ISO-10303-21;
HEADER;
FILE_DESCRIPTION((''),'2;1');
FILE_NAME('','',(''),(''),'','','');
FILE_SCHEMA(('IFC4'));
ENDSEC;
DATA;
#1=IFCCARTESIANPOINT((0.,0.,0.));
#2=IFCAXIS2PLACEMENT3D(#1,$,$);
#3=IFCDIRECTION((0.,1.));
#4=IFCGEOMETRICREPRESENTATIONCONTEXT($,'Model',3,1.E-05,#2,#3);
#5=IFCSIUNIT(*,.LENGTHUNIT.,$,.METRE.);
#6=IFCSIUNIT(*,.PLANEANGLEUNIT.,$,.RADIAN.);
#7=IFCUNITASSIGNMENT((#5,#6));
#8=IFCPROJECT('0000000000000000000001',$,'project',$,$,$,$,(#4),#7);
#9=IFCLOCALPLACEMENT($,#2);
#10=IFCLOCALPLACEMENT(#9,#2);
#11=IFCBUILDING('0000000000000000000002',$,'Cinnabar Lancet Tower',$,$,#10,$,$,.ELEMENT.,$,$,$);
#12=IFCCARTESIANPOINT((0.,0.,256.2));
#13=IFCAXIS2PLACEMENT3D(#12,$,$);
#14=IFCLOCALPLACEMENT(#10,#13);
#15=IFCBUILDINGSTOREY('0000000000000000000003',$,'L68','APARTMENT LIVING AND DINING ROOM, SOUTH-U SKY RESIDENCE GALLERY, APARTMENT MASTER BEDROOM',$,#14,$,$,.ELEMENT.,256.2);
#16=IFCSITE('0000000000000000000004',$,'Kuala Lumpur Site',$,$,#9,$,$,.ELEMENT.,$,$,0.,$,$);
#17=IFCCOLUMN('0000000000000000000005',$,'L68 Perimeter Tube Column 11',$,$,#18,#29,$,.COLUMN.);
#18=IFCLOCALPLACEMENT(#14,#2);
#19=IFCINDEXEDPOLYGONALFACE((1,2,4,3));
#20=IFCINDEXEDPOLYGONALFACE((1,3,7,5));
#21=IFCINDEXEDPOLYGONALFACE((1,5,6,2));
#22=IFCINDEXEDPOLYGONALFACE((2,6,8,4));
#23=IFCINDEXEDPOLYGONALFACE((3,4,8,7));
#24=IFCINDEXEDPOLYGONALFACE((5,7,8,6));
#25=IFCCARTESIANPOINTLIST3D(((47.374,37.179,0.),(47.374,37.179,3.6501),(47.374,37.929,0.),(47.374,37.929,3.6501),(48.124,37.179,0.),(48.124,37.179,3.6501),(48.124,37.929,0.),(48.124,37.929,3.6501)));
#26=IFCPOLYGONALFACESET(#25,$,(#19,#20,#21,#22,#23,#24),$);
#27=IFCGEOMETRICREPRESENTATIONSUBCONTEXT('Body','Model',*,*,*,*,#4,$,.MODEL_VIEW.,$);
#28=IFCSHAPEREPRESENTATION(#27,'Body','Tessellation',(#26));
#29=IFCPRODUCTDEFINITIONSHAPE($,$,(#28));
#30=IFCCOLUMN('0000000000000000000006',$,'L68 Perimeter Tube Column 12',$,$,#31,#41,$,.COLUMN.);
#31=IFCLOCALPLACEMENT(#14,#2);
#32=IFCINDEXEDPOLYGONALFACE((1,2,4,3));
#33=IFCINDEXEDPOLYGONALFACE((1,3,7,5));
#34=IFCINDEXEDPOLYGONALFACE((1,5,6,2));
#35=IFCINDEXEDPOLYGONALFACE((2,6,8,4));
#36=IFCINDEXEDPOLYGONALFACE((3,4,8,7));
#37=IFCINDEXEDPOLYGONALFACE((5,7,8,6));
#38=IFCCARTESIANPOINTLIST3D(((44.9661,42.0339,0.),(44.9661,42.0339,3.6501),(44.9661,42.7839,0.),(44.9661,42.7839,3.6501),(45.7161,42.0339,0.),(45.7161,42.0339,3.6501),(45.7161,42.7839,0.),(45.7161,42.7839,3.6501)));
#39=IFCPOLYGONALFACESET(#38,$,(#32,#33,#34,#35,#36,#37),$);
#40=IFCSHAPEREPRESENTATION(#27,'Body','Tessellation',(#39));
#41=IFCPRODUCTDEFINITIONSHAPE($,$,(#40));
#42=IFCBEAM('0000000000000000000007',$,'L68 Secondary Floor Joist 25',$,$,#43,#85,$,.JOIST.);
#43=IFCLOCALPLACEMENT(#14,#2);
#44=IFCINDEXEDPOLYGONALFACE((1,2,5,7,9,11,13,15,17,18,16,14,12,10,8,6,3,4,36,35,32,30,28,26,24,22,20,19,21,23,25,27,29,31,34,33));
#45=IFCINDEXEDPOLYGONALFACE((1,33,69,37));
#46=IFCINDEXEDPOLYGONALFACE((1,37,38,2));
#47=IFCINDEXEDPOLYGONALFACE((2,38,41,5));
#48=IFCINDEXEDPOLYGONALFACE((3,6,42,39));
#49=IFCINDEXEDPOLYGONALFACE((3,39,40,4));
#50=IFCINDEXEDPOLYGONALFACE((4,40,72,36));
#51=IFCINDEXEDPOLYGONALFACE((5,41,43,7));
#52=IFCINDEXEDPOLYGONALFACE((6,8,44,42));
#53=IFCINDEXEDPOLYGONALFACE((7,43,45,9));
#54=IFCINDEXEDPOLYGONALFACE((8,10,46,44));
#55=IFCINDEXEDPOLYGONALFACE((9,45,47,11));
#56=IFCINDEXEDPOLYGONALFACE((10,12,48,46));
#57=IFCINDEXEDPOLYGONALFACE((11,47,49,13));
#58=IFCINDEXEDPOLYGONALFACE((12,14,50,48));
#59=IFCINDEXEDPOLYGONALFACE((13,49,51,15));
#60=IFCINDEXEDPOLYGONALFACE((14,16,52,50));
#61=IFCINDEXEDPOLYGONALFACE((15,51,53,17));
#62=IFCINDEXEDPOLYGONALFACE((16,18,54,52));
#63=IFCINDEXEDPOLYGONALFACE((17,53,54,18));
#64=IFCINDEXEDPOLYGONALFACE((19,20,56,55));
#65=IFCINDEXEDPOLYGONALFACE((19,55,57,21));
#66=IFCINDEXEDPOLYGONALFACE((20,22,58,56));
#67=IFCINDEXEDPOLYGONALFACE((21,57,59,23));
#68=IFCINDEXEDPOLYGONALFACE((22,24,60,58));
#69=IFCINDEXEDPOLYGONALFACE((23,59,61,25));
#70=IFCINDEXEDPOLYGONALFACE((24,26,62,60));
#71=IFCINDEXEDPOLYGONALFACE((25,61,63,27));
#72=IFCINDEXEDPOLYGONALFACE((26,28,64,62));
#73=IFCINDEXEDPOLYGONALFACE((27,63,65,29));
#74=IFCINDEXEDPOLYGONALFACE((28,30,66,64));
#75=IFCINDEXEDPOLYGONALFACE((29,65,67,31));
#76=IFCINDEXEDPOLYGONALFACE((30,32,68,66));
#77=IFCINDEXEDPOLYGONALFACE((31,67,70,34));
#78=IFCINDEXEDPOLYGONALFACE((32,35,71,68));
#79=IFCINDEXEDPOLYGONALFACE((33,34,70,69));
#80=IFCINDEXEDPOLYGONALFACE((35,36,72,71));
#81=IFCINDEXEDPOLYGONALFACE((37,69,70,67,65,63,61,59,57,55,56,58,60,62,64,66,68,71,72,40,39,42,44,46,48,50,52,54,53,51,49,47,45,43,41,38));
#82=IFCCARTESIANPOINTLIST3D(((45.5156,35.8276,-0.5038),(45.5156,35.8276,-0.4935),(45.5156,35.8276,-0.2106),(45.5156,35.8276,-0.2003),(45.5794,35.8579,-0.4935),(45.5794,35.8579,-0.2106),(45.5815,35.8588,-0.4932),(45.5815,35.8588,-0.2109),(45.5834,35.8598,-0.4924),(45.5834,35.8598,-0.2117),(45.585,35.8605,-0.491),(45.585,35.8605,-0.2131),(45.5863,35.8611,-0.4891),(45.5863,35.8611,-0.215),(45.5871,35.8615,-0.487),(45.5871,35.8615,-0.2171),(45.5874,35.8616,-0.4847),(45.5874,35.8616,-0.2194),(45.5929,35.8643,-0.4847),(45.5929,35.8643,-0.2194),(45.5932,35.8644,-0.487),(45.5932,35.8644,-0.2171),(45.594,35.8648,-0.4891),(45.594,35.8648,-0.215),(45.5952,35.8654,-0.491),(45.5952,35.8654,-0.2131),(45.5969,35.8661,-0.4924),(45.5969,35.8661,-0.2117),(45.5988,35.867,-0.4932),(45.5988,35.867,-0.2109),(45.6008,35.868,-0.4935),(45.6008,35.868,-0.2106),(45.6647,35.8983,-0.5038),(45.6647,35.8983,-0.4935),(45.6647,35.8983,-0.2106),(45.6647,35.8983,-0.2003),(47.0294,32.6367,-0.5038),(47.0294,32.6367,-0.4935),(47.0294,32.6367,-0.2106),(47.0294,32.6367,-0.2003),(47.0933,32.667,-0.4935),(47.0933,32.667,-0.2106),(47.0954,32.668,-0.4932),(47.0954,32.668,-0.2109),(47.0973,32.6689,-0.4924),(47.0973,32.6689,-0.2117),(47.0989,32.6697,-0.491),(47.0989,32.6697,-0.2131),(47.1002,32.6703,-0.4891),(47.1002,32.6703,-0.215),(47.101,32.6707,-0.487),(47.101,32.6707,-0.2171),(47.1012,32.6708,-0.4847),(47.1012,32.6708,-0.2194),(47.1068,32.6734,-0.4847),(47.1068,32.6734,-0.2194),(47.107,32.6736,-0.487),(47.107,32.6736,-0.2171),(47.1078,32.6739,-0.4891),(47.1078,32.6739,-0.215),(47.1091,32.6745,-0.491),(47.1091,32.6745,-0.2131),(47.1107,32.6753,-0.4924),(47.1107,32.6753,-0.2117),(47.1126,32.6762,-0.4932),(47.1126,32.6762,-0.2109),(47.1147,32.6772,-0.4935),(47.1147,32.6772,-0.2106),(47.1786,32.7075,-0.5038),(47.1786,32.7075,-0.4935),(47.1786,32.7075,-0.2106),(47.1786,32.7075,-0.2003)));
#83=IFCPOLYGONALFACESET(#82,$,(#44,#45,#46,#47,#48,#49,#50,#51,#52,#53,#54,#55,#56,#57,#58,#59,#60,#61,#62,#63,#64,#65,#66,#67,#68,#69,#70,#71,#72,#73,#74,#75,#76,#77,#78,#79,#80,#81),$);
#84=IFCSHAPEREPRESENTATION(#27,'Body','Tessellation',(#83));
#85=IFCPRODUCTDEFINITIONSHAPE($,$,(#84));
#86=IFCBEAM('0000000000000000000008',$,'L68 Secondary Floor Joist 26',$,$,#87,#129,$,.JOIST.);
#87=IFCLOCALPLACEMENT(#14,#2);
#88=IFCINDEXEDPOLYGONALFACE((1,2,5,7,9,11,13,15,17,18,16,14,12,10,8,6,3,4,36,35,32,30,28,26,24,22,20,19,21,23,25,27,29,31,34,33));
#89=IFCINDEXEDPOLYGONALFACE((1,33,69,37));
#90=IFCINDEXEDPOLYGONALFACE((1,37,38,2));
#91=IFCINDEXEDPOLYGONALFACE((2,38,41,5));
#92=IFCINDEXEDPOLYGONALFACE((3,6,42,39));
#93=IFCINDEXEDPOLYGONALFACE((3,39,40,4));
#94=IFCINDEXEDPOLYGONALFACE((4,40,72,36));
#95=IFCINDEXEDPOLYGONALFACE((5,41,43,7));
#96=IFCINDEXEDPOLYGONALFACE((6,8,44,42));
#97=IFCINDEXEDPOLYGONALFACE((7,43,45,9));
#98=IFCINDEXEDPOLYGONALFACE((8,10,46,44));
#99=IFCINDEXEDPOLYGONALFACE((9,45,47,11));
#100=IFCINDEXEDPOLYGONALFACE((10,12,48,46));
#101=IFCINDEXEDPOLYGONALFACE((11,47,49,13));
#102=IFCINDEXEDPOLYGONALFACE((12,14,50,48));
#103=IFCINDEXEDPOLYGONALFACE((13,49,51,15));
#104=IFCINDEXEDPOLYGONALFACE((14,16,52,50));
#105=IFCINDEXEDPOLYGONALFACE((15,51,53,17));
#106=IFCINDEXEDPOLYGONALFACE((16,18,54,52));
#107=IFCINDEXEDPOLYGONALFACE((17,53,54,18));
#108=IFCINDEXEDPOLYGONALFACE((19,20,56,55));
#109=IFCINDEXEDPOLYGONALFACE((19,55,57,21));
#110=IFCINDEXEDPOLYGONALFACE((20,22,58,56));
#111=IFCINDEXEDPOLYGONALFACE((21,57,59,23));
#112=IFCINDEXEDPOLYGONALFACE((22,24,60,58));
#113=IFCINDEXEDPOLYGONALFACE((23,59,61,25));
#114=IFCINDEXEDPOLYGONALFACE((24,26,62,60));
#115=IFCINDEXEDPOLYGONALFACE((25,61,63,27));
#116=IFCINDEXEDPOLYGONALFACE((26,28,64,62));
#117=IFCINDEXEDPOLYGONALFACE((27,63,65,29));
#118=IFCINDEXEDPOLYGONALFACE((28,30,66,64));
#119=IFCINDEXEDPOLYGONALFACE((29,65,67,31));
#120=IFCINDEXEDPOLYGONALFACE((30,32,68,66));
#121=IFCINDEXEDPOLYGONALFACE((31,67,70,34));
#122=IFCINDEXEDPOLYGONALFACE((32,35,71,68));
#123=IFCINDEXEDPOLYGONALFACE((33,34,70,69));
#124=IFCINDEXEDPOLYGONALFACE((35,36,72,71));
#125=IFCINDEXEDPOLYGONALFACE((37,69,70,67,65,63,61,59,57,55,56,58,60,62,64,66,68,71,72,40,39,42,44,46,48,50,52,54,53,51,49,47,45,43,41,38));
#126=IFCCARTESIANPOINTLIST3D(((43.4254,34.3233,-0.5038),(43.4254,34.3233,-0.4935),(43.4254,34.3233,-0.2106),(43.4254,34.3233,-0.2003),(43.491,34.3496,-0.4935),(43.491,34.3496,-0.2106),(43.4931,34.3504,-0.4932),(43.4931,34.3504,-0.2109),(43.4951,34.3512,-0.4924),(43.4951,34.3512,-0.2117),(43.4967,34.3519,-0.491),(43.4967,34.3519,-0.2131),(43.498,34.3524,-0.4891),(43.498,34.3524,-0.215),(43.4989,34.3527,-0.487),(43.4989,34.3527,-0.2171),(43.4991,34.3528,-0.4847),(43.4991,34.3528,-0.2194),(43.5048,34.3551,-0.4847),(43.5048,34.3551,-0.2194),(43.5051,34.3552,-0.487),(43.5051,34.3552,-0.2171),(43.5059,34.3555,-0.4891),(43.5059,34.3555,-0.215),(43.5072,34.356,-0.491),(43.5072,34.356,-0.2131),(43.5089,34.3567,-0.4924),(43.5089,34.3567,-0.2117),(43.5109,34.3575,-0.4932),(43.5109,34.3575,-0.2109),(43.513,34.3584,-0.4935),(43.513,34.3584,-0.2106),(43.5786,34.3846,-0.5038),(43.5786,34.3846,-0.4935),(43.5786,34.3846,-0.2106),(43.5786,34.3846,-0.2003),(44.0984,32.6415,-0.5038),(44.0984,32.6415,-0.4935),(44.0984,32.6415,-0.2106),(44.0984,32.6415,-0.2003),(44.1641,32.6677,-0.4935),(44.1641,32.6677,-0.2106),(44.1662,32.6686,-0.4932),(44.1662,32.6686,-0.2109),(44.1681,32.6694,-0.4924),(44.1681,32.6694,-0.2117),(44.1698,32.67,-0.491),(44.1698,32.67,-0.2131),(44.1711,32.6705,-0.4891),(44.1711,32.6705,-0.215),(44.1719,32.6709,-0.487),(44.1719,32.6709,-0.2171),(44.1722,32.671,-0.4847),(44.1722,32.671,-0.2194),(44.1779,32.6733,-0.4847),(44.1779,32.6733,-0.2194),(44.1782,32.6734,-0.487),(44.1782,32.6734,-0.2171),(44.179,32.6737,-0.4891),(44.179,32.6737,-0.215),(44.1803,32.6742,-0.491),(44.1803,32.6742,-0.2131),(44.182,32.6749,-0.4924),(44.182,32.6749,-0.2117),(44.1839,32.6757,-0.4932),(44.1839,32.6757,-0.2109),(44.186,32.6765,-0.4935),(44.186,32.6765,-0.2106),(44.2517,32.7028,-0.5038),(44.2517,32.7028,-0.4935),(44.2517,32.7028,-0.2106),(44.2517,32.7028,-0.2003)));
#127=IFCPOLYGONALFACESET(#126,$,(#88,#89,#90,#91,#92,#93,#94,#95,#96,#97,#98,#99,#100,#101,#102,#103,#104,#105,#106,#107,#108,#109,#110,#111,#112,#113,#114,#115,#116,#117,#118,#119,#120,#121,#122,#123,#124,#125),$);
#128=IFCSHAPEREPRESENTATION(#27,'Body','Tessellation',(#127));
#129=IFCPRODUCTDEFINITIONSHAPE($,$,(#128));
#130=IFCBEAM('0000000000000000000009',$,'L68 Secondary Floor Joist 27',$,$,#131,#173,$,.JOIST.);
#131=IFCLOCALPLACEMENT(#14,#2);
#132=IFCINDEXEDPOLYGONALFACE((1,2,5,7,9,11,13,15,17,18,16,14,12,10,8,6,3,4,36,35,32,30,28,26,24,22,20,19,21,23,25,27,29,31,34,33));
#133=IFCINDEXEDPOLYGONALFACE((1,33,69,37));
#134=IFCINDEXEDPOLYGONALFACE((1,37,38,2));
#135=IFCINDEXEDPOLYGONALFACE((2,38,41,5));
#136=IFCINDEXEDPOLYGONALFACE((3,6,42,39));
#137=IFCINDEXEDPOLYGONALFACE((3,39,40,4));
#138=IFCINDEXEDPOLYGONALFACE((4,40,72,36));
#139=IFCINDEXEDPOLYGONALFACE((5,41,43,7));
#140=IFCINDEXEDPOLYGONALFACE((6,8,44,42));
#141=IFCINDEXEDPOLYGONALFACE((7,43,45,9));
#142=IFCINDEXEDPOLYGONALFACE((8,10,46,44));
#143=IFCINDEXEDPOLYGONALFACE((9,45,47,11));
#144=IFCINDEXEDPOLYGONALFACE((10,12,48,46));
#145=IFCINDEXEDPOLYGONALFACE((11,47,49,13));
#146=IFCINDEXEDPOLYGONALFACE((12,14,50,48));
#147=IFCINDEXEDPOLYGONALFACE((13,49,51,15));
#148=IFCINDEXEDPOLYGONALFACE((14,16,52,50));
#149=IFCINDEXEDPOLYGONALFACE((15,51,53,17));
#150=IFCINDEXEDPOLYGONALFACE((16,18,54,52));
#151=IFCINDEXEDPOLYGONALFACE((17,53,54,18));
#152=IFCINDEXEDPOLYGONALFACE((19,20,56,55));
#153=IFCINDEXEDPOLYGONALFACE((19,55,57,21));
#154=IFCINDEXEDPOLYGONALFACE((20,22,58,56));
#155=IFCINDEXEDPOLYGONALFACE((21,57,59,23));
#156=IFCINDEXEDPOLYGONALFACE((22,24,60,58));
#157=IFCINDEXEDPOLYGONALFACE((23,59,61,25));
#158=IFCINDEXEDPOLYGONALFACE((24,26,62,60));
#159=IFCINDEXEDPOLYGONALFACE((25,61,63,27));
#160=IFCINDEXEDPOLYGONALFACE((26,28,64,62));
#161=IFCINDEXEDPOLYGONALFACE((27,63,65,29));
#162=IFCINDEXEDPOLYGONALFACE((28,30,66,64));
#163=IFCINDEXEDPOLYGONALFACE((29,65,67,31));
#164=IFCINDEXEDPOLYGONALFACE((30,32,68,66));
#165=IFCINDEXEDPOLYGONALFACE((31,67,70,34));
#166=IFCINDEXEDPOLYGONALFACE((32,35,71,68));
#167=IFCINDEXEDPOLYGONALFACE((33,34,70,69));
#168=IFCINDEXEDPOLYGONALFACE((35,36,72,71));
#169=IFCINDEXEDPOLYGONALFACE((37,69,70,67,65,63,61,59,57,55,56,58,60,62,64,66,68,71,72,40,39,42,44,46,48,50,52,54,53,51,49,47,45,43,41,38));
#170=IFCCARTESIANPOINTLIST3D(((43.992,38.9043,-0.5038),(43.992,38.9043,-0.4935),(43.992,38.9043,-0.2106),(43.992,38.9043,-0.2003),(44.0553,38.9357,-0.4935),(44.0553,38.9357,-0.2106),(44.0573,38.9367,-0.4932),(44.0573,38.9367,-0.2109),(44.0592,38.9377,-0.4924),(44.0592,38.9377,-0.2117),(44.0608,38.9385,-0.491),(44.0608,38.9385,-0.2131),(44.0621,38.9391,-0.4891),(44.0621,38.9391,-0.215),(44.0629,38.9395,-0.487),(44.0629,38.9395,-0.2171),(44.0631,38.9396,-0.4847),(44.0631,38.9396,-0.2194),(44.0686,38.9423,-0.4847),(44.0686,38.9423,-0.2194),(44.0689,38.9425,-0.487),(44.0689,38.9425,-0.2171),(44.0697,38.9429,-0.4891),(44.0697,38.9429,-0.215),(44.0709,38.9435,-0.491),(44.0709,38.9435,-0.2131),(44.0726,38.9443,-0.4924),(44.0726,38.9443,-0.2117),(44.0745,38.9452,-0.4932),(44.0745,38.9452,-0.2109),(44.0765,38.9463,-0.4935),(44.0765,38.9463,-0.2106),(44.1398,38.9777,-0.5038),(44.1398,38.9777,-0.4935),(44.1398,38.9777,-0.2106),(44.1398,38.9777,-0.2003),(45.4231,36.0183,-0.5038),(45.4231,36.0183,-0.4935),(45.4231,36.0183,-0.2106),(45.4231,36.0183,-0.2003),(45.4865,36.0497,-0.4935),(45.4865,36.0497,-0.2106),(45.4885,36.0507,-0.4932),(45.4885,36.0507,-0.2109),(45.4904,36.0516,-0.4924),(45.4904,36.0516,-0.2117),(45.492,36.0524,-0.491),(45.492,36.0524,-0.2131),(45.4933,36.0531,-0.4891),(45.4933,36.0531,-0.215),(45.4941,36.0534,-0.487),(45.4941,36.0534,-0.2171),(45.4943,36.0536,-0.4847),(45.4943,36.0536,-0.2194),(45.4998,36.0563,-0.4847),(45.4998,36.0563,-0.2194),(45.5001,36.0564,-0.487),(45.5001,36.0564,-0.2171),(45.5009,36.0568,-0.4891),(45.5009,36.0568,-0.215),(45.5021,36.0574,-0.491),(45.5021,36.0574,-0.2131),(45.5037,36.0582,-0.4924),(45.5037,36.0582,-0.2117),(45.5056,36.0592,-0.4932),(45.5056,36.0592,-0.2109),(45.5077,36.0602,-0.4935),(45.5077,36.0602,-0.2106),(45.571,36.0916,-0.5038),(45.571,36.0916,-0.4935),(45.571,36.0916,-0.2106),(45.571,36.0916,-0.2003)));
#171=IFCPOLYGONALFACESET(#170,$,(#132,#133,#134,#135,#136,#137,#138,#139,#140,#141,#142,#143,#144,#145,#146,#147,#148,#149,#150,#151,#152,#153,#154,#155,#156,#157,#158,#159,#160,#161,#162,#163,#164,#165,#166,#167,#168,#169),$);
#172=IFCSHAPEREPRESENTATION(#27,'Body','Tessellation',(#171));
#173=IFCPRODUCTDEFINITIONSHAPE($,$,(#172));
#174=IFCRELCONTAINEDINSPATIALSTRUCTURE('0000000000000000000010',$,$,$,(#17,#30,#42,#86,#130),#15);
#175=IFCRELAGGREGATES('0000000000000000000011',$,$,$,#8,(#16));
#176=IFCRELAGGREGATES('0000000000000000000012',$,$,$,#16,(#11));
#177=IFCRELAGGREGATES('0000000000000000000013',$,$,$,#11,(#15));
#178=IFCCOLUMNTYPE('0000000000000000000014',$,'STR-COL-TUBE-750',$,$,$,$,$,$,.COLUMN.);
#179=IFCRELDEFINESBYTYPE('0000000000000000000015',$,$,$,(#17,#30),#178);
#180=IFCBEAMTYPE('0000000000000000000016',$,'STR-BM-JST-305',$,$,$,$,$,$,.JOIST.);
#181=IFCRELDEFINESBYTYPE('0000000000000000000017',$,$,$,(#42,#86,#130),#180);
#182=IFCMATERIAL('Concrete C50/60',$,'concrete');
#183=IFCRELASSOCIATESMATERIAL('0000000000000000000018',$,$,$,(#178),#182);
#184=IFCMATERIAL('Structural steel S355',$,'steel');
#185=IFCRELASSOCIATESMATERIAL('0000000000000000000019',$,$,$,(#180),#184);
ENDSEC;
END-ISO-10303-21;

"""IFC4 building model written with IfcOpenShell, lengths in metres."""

from ifc_helpers import new_model, si_unit, direction, frame, origin, origin_2d, place, context, subcontext, project, spatial, rectangle, i_section, extrude, material, material_profile, profile_set, type_object, element, save


model = new_model("IFC4")

# Units and contexts
model_context = context("Model", 3, precision=1e-05, world=origin(), true_north=direction((0.0, 1.0)))
body_context = subcontext(model_context, "Body", "Model", "MODEL_VIEW")
ifc_project = project(units=[si_unit("LENGTHUNIT", "METRE"), si_unit("PLANEANGLEUNIT", "RADIAN")], contexts=[model_context])

# Site, building, storey
site_placement = place(None, origin())
site = spatial("IfcSite", under=ifc_project, at=site_placement, Name="Kuala Lumpur Site", CompositionType="ELEMENT", RefElevation=0.0)
building_placement = place(site_placement, origin())
building = spatial("IfcBuilding", under=site, at=building_placement, Name="Cinnabar Lancet Tower", CompositionType="ELEMENT")
storey_placement = place(building_placement, frame((0.0, 0.0, 256.2)))
storey = spatial("IfcBuildingStorey", under=building, at=storey_placement, Name="L68", Description="APARTMENT LIVING AND DINING ROOM, SOUTH-U SKY RESIDENCE GALLERY, APARTMENT MASTER BEDROOM", CompositionType="ELEMENT", Elevation=256.2)

# Columns
ifc_material_1 = material(Name="Concrete C50/60", Category="concrete")
ifc_material_profile_1 = material_profile(ifc_material_1, rectangle(XDim=0.75, YDim=0.75, at=origin_2d()), Name="RC-COL 750x750")
ifc_profile_set_1 = profile_set([ifc_material_profile_1], Name="Concrete C50/60")
column_type = type_object("IfcColumnType", Name="STR-COL-TUBE-750", PredefinedType="COLUMN", material=ifc_profile_set_1)
for number, where, z_axis, x_axis, name in (
    (1, (47.749, 37.554, 0.0), (0.0, 0.0, 1.0), (1.0, 0.0, 0.0), "L68 Perimeter Tube Column 11"),
    (2, (45.3411, 42.4089, 0.0), (0.0, 0.0, 1.0), (1.0, 0.0, 0.0), "L68 Perimeter Tube Column 12"),
):
    element("IfcColumn", number, at=place(storey_placement, frame(where, z_axis=z_axis, x_axis=x_axis)), inside=storey, type_object=column_type, Name=name, PredefinedType="COLUMN", context=body_context, shape_type="SweptSolid", body=[
        extrude(rectangle(XDim=0.75, YDim=0.75, at=origin_2d()), origin(), (0.0, 0.0, 1.0), 3.6501),
    ])

# Beams
ifc_material_2 = material(Name="Structural steel S355", Category="steel")
ifc_material_profile_2 = material_profile(ifc_material_2, i_section(OverallWidth=0.165, OverallDepth=0.3035, WebThickness=0.0061, FlangeThickness=0.0103, FilletRadius=0.0088, at=origin_2d()), Name="UKB 305x165x40")
ifc_profile_set_2 = profile_set([ifc_material_profile_2], Name="Structural steel S355")
beam_type_1 = type_object("IfcBeamType", Name="STR-BM-JST-305", PredefinedType="JOIST", material=ifc_profile_set_2)
beam_1_placement = place(storey_placement, frame((47.104, 32.6721, -0.3521), z_axis=(-0.428648, 0.903472, 0.0), x_axis=(-0.903472, -0.428648, 0.0)))
element("IfcBeam", 3, at=beam_1_placement, inside=storey, type_object=beam_type_1, Name="L68 Secondary Floor Joist 25", PredefinedType="JOIST", context=body_context, shape_type="SweptSolid", body=[
    extrude(i_section(OverallWidth=0.165, OverallDepth=0.3035, WebThickness=0.0061, FlangeThickness=0.0103, FilletRadius=0.0088, at=origin_2d()), origin(), (0.0, 0.0, 1.0), 3.5317),
])
beam_2_placement = place(storey_placement, frame((44.175, 32.6721, -0.3521), z_axis=(-0.371553, 0.928412, 0.0), x_axis=(-0.928412, -0.371553, 0.0)))
element("IfcBeam", 4, at=beam_2_placement, inside=storey, type_object=beam_type_1, Name="L68 Secondary Floor Joist 26", PredefinedType="JOIST", context=body_context, shape_type="SweptSolid", body=[
    extrude(i_section(OverallWidth=0.165, OverallDepth=0.3035, WebThickness=0.0061, FlangeThickness=0.0103, FilletRadius=0.0088, at=origin_2d()), origin(), (0.0, 0.0, 1.0), 1.8115),
])
beam_3_placement = place(storey_placement, frame((45.4971, 36.0549, -0.3521), z_axis=(-0.444271, 0.895893, 0.0), x_axis=(-0.895893, -0.444271, 0.0)))
element("IfcBeam", 5, at=beam_3_placement, inside=storey, type_object=beam_type_1, Name="L68 Secondary Floor Joist 27", PredefinedType="JOIST", context=body_context, shape_type="SweptSolid", body=[
    extrude(i_section(OverallWidth=0.165, OverallDepth=0.3035, WebThickness=0.0061, FlangeThickness=0.0103, FilletRadius=0.0088, at=origin_2d()), origin(), (0.0, 0.0, 1.0), 3.2214),
])

save(model, "model.ifc")
